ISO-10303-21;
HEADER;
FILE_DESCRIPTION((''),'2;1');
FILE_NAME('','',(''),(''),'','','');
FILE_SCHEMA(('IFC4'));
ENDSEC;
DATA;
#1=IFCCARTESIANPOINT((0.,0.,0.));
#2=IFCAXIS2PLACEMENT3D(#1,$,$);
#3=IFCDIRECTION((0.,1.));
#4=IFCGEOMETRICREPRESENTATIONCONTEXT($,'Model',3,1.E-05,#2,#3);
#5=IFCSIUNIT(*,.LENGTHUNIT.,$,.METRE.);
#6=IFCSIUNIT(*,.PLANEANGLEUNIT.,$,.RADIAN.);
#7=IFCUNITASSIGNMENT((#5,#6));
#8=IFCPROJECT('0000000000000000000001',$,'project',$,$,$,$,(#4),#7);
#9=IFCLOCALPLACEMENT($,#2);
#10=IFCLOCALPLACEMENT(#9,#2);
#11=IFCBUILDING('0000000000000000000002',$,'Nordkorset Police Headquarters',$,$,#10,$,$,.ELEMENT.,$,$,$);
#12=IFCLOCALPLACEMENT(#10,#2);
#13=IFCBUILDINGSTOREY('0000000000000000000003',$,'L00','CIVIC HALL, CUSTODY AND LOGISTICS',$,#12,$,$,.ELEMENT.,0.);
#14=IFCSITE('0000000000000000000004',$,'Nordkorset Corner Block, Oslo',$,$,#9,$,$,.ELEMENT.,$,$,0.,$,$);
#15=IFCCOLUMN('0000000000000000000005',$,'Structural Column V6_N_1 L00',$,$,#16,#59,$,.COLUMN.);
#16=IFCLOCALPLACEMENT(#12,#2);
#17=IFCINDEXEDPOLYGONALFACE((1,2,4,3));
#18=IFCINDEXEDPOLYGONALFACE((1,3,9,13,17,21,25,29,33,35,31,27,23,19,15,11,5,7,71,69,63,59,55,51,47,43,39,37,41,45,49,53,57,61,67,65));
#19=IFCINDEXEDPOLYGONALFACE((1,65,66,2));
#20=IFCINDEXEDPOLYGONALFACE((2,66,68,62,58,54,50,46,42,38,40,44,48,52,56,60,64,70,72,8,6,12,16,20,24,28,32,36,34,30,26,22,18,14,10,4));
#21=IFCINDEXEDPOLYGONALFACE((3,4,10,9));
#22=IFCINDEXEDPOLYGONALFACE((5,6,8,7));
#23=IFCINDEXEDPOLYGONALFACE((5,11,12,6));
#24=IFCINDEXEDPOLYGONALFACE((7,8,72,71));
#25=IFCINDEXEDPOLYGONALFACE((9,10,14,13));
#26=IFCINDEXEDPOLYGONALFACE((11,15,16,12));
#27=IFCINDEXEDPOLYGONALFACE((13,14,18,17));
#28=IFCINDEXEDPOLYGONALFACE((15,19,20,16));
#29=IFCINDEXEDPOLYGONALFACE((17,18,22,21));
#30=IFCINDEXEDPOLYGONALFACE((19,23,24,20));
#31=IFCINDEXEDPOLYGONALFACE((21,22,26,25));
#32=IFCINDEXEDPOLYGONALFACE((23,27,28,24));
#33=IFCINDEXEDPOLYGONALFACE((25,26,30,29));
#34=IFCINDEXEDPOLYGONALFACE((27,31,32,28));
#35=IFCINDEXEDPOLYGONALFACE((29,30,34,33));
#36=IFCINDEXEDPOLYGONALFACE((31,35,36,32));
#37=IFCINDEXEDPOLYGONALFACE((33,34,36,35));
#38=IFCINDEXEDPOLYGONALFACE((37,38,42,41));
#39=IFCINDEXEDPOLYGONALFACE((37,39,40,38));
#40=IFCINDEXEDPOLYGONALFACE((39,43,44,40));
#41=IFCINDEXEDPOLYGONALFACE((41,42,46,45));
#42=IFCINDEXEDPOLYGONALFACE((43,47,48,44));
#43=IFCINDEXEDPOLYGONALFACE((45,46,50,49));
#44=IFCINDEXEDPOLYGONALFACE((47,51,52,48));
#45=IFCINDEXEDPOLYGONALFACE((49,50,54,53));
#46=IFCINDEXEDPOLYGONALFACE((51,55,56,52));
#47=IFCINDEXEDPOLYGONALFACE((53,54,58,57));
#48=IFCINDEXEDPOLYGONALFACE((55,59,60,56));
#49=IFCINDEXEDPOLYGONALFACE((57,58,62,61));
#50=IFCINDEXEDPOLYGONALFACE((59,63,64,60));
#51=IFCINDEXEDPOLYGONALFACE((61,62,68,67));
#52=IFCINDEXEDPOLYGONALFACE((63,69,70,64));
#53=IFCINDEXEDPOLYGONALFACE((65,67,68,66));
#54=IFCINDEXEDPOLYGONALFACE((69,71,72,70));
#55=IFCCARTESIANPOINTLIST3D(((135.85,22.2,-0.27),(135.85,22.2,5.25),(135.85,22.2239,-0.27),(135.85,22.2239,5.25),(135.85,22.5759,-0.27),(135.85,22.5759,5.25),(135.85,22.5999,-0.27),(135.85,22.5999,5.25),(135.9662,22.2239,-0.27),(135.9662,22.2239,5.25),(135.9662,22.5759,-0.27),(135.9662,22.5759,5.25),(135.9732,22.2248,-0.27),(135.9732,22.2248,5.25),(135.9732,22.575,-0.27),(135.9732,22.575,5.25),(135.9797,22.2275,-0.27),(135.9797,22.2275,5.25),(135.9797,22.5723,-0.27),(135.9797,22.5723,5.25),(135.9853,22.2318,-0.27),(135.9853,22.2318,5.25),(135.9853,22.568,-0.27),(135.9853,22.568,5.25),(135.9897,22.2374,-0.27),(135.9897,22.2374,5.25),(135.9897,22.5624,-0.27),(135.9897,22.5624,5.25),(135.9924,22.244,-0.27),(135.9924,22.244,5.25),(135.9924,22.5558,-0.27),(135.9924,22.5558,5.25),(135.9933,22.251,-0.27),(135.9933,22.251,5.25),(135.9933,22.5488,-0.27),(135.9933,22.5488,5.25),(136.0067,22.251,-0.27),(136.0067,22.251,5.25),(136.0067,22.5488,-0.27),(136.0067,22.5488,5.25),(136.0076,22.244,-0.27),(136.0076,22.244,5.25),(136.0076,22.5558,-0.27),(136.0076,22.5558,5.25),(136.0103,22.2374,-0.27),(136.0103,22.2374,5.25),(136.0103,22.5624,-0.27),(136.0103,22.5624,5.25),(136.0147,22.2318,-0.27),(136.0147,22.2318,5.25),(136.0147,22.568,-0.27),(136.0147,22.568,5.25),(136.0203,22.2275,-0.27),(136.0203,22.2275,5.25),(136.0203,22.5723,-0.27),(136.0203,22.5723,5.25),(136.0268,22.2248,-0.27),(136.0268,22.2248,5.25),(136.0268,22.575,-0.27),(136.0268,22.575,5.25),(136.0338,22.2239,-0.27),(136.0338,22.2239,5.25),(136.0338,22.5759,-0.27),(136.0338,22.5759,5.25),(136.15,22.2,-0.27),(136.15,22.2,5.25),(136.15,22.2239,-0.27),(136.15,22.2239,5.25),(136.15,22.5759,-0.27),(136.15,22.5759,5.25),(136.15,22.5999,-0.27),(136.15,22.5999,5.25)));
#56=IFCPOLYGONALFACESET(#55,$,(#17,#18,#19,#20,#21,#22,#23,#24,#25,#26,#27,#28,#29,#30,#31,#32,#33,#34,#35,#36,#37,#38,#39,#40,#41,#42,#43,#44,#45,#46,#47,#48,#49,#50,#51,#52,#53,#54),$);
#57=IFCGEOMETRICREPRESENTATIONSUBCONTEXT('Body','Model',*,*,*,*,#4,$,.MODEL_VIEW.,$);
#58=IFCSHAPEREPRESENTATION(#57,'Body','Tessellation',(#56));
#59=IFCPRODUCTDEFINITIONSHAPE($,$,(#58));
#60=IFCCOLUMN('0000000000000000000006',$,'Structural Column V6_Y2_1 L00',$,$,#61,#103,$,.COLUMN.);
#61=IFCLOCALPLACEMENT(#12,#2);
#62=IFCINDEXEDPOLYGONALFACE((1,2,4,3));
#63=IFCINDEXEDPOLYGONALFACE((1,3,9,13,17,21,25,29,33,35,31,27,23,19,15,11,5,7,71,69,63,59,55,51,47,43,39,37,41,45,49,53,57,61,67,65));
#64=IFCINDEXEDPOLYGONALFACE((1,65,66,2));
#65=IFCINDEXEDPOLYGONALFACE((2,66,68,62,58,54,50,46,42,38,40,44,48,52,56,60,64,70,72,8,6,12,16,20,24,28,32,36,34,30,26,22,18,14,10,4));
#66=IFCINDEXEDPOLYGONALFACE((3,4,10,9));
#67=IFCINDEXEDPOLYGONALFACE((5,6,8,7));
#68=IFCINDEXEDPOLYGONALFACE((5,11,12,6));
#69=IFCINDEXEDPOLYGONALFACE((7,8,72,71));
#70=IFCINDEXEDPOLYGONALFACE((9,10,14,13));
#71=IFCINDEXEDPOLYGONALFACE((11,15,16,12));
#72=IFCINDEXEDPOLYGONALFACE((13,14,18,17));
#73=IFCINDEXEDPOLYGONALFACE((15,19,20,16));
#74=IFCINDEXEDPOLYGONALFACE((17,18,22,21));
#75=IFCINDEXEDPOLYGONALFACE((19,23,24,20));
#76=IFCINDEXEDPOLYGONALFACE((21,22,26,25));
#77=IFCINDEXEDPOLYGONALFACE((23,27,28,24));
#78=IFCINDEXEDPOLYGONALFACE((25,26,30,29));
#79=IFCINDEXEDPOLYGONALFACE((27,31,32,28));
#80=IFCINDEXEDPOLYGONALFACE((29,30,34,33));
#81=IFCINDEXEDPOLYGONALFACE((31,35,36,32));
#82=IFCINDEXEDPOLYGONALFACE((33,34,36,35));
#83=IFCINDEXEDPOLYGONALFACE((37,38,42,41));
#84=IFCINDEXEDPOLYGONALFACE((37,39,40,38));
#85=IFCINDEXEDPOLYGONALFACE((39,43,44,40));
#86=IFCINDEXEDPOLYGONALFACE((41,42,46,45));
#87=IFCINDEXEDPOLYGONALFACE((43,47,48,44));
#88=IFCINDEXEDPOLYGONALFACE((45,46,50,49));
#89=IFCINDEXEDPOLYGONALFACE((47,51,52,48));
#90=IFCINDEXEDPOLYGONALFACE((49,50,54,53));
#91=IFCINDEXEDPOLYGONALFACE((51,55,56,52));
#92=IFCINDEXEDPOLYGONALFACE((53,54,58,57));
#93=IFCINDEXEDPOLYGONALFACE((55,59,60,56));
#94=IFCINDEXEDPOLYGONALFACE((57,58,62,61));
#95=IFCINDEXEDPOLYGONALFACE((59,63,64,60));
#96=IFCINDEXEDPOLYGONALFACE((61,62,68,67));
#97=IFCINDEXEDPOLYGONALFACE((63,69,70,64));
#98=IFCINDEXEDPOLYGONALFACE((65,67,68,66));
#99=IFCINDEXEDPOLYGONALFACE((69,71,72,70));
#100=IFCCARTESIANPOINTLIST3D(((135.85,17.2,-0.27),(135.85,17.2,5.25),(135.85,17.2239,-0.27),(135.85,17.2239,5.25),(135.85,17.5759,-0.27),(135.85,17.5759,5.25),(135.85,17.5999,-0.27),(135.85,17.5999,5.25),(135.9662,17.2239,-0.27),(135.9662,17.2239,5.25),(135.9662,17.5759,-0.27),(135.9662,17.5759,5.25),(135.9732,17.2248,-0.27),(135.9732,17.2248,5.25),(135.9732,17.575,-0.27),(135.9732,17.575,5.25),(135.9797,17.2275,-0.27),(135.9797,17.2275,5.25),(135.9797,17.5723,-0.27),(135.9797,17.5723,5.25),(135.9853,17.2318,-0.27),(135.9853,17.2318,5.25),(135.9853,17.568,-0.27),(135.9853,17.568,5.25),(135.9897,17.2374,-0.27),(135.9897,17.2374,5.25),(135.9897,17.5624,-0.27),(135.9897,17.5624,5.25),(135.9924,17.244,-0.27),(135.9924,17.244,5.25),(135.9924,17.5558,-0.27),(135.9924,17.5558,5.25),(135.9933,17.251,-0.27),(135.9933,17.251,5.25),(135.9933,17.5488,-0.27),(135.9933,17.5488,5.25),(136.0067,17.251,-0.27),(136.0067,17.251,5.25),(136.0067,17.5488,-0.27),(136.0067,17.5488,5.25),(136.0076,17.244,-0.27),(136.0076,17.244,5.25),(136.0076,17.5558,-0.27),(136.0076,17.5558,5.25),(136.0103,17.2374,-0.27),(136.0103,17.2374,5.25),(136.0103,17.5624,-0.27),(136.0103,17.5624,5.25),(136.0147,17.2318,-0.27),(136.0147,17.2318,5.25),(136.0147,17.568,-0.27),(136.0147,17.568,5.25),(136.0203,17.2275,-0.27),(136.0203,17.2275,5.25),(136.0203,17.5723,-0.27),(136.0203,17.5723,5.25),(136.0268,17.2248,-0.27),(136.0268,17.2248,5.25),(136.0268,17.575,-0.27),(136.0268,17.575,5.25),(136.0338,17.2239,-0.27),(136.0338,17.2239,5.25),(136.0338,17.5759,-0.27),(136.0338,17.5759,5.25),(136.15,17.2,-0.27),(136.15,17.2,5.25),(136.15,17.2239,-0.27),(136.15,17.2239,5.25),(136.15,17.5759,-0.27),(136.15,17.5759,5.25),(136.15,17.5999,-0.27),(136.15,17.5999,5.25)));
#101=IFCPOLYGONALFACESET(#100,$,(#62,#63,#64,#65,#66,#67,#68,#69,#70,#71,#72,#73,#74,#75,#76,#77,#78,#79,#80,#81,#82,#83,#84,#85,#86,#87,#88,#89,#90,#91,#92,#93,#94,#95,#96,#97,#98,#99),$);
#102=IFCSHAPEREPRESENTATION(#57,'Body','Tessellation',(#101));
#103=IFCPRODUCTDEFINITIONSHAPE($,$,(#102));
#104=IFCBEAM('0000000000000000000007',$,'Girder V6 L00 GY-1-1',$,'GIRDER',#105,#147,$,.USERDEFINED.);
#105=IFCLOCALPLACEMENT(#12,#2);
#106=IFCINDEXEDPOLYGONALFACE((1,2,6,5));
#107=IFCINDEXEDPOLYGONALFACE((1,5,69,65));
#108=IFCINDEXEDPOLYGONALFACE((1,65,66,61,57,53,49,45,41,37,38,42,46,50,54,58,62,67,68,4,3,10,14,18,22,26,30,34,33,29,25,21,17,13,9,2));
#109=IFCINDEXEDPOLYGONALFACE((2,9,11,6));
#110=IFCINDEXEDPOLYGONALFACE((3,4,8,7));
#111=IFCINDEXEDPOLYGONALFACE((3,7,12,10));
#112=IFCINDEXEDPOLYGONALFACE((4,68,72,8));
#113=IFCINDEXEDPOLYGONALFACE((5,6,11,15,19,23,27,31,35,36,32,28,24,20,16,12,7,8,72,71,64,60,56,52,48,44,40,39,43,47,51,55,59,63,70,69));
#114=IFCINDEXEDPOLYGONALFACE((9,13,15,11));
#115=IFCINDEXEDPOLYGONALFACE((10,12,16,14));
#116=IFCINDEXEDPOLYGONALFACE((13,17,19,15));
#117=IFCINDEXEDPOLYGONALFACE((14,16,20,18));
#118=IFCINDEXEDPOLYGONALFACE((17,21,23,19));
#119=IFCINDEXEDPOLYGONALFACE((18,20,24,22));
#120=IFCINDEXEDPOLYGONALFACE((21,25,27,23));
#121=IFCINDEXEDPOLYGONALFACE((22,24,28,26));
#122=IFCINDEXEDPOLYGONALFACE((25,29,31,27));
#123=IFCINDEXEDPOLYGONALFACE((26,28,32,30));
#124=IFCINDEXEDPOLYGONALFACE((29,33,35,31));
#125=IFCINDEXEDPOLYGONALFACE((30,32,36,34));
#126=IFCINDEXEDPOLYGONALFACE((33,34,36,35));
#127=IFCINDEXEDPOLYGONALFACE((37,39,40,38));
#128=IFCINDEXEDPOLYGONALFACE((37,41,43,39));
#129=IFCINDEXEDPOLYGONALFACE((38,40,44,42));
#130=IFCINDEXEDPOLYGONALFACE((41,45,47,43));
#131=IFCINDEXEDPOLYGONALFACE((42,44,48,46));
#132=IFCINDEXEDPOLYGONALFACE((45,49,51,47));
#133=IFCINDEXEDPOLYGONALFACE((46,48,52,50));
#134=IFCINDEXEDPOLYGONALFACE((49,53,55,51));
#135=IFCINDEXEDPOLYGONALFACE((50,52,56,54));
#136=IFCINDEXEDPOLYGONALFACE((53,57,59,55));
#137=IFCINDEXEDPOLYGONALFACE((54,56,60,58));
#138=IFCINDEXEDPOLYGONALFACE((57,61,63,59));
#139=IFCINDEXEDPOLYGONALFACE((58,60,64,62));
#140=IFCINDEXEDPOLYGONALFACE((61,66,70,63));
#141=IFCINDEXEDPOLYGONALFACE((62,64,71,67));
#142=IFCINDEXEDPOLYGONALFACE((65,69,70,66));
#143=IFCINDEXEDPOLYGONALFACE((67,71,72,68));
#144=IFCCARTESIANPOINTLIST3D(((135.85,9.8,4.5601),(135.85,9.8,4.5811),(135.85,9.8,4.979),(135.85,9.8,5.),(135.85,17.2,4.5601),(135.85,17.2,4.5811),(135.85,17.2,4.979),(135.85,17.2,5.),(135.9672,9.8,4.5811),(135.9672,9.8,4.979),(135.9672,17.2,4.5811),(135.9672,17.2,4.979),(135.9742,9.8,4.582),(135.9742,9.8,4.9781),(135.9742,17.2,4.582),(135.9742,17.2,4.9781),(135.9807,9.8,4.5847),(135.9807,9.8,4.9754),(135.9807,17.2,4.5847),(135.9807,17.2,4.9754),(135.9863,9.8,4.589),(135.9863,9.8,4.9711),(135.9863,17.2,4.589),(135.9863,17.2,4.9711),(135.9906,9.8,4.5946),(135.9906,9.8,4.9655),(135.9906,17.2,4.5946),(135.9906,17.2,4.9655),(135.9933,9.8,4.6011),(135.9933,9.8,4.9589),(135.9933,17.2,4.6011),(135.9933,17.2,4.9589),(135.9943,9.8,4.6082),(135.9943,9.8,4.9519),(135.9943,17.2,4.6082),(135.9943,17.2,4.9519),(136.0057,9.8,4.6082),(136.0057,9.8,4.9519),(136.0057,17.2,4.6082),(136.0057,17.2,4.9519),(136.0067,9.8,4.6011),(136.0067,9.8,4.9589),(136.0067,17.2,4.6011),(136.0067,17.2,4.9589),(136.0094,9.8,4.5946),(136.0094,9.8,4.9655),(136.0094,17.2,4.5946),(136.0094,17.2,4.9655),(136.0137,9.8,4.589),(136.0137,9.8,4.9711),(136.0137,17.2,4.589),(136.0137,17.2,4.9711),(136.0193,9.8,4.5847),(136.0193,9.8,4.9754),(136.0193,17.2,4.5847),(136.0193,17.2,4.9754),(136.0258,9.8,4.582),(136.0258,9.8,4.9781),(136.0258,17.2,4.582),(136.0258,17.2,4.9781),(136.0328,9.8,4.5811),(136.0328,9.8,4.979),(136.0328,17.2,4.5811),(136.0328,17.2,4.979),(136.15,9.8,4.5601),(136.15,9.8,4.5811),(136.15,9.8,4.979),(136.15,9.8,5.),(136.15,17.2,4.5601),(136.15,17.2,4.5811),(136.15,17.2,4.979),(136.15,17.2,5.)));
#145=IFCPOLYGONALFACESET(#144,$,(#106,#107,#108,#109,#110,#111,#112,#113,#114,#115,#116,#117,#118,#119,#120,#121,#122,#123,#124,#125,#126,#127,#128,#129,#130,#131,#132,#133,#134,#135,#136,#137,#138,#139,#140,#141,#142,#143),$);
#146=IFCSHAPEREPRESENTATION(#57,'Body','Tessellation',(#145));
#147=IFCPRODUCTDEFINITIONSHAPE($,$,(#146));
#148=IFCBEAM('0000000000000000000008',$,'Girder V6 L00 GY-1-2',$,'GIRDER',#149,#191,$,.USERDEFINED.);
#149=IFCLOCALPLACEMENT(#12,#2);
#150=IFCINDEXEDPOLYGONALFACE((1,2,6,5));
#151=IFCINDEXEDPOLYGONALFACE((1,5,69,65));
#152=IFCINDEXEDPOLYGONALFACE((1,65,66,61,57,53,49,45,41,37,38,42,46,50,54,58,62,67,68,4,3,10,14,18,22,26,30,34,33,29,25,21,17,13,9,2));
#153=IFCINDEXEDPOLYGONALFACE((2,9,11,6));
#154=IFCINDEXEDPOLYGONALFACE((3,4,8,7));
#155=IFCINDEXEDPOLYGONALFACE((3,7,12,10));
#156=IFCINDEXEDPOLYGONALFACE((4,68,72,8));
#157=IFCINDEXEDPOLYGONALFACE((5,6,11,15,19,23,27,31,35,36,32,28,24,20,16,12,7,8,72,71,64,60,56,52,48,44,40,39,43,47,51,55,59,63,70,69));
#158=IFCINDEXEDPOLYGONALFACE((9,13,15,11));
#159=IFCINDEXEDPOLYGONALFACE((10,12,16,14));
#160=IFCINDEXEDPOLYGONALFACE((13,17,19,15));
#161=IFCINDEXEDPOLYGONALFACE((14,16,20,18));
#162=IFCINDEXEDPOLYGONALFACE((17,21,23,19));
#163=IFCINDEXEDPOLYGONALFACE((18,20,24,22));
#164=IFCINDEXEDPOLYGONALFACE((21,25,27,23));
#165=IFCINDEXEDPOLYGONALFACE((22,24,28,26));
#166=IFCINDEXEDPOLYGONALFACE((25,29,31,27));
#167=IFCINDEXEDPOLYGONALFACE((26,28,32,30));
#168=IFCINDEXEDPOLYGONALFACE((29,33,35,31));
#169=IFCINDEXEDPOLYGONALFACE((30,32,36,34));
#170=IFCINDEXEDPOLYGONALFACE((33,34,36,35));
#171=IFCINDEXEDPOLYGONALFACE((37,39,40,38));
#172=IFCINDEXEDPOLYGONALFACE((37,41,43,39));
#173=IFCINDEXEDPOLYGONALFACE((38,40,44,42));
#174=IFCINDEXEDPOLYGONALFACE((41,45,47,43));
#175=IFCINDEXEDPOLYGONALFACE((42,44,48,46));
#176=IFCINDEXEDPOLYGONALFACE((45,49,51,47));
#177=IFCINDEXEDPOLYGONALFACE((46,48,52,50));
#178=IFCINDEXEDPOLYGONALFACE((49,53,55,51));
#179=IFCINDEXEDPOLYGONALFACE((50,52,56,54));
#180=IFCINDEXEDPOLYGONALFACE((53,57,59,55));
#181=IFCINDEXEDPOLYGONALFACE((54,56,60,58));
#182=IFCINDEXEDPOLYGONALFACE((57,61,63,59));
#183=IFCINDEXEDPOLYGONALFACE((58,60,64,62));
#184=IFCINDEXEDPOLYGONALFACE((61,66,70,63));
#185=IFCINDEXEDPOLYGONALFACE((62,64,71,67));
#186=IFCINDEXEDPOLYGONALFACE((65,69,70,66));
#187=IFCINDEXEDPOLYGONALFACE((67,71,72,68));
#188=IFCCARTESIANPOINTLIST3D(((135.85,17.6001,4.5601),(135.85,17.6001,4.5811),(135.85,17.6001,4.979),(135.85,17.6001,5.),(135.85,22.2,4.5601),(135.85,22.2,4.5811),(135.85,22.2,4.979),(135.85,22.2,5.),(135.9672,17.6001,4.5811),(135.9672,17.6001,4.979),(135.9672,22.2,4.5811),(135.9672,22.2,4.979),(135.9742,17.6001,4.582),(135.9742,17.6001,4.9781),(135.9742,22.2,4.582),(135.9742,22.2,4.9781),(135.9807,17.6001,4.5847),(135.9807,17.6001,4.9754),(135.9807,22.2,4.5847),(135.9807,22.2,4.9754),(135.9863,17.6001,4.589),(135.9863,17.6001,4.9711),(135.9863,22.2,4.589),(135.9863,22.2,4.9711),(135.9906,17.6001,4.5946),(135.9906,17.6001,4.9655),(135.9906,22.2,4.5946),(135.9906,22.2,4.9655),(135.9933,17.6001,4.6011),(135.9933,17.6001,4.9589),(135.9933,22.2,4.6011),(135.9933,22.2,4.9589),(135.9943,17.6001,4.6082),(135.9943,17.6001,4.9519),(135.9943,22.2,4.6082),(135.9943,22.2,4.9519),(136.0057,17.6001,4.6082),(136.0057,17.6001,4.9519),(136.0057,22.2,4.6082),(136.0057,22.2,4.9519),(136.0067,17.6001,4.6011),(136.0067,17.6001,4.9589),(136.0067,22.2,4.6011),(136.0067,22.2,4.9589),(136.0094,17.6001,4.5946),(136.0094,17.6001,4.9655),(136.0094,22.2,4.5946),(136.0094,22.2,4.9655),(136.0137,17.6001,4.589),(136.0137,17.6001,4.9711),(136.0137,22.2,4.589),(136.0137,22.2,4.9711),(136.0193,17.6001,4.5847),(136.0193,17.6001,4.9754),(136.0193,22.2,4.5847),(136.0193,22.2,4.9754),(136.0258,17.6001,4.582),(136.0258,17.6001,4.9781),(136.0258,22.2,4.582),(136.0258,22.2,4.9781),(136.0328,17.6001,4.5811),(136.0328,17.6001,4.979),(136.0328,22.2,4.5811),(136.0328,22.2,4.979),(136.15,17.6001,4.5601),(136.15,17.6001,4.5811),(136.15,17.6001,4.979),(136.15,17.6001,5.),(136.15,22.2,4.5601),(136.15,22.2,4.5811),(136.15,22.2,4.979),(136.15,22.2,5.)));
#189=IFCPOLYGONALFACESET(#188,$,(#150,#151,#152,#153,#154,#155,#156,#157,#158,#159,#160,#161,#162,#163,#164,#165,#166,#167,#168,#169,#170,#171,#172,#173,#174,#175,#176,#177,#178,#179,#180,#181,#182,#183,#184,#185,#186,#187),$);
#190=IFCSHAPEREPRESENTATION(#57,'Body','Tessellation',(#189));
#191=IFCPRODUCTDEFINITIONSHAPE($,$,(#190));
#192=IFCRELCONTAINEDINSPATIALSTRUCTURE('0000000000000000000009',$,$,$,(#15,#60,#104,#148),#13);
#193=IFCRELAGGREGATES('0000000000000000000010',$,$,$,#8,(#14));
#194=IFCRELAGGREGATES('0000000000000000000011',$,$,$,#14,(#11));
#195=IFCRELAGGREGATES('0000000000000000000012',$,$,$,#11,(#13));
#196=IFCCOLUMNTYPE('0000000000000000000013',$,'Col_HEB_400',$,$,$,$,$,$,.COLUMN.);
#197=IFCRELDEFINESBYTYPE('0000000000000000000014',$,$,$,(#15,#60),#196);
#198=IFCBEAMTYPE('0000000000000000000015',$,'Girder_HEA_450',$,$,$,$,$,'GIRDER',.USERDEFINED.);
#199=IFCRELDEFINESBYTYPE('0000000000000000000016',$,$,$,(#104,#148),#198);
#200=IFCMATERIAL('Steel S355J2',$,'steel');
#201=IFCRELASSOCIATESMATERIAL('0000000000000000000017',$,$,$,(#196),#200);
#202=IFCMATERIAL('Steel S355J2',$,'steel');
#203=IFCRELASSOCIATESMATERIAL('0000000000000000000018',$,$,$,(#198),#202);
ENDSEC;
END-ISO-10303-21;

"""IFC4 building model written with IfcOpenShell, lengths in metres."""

from ifc_helpers import new_model, si_unit, direction, frame, origin, origin_2d, place, context, subcontext, project, spatial, i_section, extrude, material, material_profile, profile_set, type_object, element, save


model = new_model("IFC4")

# Units and contexts
model_context = context("Model", 3, precision=1e-05, world=origin(), true_north=direction((0.0, 1.0)))
body_context = subcontext(model_context, "Body", "Model", "MODEL_VIEW")
ifc_project = project(units=[si_unit("LENGTHUNIT", "METRE"), si_unit("PLANEANGLEUNIT", "RADIAN")], contexts=[model_context])

# Site, building, storey
site_placement = place(None, origin())
site = spatial("IfcSite", under=ifc_project, at=site_placement, Name="Nordkorset Corner Block, Oslo", CompositionType="ELEMENT", RefElevation=0.0)
building_placement = place(site_placement, origin())
building = spatial("IfcBuilding", under=site, at=building_placement, Name="Nordkorset Police Headquarters", CompositionType="ELEMENT")
storey_placement = place(building_placement, origin())
storey = spatial("IfcBuildingStorey", under=building, at=storey_placement, Name="L00", Description="CIVIC HALL, CUSTODY AND LOGISTICS", CompositionType="ELEMENT", Elevation=0.0)

# Columns
ifc_material_1 = material(Name="Steel S355J2", Category="steel")
ifc_material_profile_1 = material_profile(ifc_material_1, i_section(OverallWidth=0.3, OverallDepth=0.3999, WebThickness=0.0134, FlangeThickness=0.0239, FilletRadius=0.0271, at=origin_2d()), Name="HEB 400")
ifc_profile_set_1 = profile_set([ifc_material_profile_1], Name="Steel S355J2")
column_type = type_object("IfcColumnType", Name="Col_HEB_400", PredefinedType="COLUMN", material=ifc_profile_set_1)
for number, where, z_axis, x_axis, name in (
    (1, (136.0, 22.3999, -0.27), (0.0, 0.0, 1.0), (1.0, 0.0, 0.0), "Structural Column V6_N_1 L00"),
    (2, (136.0, 17.3999, -0.27), (0.0, 0.0, 1.0), (1.0, 0.0, 0.0), "Structural Column V6_Y2_1 L00"),
):
    element("IfcColumn", number, at=place(storey_placement, frame(where, z_axis=z_axis, x_axis=x_axis)), inside=storey, type_object=column_type, Name=name, PredefinedType="COLUMN", context=body_context, shape_type="SweptSolid", body=[
        extrude(i_section(OverallWidth=0.3, OverallDepth=0.3999, WebThickness=0.0134, FlangeThickness=0.0239, FilletRadius=0.0271, at=origin_2d()), origin(), (0.0, 0.0, 1.0), 5.52),
    ])

# Beams
ifc_material_2 = material(Name="Steel S355J2", Category="steel")
ifc_material_profile_2 = material_profile(ifc_material_2, i_section(OverallWidth=0.3, OverallDepth=0.4399, WebThickness=0.0115, FlangeThickness=0.021, FilletRadius=0.0271, at=origin_2d()), Name="HEA 450")
ifc_profile_set_2 = profile_set([ifc_material_profile_2], Name="Steel S355J2")
beam_type_1 = type_object("IfcBeamType", Name="Girder_HEA_450", ElementType="GIRDER", PredefinedType="USERDEFINED", material=ifc_profile_set_2)
beam_1_placement = place(storey_placement, frame((136.0, 9.8, 4.78), z_axis=(0.0, 1.0, 0.0), x_axis=(-1.0, 0.0, 0.0)))
element("IfcBeam", 3, at=beam_1_placement, inside=storey, type_object=beam_type_1, Name="Girder V6 L00 GY-1-1", ObjectType="GIRDER", PredefinedType="USERDEFINED", context=body_context, shape_type="SweptSolid", body=[
    extrude(i_section(OverallWidth=0.3, OverallDepth=0.4399, WebThickness=0.0115, FlangeThickness=0.021, FilletRadius=0.0271, at=origin_2d()), origin(), (0.0, 0.0, 1.0), 7.3999),
])
beam_2_placement = place(storey_placement, frame((136.0, 17.6001, 4.78), z_axis=(0.0, 1.0, 0.0), x_axis=(-1.0, 0.0, 0.0)))
element("IfcBeam", 4, at=beam_2_placement, inside=storey, type_object=beam_type_1, Name="Girder V6 L00 GY-1-2", ObjectType="GIRDER", PredefinedType="USERDEFINED", context=body_context, shape_type="SweptSolid", body=[
    extrude(i_section(OverallWidth=0.3, OverallDepth=0.4399, WebThickness=0.0115, FlangeThickness=0.021, FilletRadius=0.0271, at=origin_2d()), origin(), (0.0, 0.0, 1.0), 4.5999),
])

save(model, "model.ifc")
